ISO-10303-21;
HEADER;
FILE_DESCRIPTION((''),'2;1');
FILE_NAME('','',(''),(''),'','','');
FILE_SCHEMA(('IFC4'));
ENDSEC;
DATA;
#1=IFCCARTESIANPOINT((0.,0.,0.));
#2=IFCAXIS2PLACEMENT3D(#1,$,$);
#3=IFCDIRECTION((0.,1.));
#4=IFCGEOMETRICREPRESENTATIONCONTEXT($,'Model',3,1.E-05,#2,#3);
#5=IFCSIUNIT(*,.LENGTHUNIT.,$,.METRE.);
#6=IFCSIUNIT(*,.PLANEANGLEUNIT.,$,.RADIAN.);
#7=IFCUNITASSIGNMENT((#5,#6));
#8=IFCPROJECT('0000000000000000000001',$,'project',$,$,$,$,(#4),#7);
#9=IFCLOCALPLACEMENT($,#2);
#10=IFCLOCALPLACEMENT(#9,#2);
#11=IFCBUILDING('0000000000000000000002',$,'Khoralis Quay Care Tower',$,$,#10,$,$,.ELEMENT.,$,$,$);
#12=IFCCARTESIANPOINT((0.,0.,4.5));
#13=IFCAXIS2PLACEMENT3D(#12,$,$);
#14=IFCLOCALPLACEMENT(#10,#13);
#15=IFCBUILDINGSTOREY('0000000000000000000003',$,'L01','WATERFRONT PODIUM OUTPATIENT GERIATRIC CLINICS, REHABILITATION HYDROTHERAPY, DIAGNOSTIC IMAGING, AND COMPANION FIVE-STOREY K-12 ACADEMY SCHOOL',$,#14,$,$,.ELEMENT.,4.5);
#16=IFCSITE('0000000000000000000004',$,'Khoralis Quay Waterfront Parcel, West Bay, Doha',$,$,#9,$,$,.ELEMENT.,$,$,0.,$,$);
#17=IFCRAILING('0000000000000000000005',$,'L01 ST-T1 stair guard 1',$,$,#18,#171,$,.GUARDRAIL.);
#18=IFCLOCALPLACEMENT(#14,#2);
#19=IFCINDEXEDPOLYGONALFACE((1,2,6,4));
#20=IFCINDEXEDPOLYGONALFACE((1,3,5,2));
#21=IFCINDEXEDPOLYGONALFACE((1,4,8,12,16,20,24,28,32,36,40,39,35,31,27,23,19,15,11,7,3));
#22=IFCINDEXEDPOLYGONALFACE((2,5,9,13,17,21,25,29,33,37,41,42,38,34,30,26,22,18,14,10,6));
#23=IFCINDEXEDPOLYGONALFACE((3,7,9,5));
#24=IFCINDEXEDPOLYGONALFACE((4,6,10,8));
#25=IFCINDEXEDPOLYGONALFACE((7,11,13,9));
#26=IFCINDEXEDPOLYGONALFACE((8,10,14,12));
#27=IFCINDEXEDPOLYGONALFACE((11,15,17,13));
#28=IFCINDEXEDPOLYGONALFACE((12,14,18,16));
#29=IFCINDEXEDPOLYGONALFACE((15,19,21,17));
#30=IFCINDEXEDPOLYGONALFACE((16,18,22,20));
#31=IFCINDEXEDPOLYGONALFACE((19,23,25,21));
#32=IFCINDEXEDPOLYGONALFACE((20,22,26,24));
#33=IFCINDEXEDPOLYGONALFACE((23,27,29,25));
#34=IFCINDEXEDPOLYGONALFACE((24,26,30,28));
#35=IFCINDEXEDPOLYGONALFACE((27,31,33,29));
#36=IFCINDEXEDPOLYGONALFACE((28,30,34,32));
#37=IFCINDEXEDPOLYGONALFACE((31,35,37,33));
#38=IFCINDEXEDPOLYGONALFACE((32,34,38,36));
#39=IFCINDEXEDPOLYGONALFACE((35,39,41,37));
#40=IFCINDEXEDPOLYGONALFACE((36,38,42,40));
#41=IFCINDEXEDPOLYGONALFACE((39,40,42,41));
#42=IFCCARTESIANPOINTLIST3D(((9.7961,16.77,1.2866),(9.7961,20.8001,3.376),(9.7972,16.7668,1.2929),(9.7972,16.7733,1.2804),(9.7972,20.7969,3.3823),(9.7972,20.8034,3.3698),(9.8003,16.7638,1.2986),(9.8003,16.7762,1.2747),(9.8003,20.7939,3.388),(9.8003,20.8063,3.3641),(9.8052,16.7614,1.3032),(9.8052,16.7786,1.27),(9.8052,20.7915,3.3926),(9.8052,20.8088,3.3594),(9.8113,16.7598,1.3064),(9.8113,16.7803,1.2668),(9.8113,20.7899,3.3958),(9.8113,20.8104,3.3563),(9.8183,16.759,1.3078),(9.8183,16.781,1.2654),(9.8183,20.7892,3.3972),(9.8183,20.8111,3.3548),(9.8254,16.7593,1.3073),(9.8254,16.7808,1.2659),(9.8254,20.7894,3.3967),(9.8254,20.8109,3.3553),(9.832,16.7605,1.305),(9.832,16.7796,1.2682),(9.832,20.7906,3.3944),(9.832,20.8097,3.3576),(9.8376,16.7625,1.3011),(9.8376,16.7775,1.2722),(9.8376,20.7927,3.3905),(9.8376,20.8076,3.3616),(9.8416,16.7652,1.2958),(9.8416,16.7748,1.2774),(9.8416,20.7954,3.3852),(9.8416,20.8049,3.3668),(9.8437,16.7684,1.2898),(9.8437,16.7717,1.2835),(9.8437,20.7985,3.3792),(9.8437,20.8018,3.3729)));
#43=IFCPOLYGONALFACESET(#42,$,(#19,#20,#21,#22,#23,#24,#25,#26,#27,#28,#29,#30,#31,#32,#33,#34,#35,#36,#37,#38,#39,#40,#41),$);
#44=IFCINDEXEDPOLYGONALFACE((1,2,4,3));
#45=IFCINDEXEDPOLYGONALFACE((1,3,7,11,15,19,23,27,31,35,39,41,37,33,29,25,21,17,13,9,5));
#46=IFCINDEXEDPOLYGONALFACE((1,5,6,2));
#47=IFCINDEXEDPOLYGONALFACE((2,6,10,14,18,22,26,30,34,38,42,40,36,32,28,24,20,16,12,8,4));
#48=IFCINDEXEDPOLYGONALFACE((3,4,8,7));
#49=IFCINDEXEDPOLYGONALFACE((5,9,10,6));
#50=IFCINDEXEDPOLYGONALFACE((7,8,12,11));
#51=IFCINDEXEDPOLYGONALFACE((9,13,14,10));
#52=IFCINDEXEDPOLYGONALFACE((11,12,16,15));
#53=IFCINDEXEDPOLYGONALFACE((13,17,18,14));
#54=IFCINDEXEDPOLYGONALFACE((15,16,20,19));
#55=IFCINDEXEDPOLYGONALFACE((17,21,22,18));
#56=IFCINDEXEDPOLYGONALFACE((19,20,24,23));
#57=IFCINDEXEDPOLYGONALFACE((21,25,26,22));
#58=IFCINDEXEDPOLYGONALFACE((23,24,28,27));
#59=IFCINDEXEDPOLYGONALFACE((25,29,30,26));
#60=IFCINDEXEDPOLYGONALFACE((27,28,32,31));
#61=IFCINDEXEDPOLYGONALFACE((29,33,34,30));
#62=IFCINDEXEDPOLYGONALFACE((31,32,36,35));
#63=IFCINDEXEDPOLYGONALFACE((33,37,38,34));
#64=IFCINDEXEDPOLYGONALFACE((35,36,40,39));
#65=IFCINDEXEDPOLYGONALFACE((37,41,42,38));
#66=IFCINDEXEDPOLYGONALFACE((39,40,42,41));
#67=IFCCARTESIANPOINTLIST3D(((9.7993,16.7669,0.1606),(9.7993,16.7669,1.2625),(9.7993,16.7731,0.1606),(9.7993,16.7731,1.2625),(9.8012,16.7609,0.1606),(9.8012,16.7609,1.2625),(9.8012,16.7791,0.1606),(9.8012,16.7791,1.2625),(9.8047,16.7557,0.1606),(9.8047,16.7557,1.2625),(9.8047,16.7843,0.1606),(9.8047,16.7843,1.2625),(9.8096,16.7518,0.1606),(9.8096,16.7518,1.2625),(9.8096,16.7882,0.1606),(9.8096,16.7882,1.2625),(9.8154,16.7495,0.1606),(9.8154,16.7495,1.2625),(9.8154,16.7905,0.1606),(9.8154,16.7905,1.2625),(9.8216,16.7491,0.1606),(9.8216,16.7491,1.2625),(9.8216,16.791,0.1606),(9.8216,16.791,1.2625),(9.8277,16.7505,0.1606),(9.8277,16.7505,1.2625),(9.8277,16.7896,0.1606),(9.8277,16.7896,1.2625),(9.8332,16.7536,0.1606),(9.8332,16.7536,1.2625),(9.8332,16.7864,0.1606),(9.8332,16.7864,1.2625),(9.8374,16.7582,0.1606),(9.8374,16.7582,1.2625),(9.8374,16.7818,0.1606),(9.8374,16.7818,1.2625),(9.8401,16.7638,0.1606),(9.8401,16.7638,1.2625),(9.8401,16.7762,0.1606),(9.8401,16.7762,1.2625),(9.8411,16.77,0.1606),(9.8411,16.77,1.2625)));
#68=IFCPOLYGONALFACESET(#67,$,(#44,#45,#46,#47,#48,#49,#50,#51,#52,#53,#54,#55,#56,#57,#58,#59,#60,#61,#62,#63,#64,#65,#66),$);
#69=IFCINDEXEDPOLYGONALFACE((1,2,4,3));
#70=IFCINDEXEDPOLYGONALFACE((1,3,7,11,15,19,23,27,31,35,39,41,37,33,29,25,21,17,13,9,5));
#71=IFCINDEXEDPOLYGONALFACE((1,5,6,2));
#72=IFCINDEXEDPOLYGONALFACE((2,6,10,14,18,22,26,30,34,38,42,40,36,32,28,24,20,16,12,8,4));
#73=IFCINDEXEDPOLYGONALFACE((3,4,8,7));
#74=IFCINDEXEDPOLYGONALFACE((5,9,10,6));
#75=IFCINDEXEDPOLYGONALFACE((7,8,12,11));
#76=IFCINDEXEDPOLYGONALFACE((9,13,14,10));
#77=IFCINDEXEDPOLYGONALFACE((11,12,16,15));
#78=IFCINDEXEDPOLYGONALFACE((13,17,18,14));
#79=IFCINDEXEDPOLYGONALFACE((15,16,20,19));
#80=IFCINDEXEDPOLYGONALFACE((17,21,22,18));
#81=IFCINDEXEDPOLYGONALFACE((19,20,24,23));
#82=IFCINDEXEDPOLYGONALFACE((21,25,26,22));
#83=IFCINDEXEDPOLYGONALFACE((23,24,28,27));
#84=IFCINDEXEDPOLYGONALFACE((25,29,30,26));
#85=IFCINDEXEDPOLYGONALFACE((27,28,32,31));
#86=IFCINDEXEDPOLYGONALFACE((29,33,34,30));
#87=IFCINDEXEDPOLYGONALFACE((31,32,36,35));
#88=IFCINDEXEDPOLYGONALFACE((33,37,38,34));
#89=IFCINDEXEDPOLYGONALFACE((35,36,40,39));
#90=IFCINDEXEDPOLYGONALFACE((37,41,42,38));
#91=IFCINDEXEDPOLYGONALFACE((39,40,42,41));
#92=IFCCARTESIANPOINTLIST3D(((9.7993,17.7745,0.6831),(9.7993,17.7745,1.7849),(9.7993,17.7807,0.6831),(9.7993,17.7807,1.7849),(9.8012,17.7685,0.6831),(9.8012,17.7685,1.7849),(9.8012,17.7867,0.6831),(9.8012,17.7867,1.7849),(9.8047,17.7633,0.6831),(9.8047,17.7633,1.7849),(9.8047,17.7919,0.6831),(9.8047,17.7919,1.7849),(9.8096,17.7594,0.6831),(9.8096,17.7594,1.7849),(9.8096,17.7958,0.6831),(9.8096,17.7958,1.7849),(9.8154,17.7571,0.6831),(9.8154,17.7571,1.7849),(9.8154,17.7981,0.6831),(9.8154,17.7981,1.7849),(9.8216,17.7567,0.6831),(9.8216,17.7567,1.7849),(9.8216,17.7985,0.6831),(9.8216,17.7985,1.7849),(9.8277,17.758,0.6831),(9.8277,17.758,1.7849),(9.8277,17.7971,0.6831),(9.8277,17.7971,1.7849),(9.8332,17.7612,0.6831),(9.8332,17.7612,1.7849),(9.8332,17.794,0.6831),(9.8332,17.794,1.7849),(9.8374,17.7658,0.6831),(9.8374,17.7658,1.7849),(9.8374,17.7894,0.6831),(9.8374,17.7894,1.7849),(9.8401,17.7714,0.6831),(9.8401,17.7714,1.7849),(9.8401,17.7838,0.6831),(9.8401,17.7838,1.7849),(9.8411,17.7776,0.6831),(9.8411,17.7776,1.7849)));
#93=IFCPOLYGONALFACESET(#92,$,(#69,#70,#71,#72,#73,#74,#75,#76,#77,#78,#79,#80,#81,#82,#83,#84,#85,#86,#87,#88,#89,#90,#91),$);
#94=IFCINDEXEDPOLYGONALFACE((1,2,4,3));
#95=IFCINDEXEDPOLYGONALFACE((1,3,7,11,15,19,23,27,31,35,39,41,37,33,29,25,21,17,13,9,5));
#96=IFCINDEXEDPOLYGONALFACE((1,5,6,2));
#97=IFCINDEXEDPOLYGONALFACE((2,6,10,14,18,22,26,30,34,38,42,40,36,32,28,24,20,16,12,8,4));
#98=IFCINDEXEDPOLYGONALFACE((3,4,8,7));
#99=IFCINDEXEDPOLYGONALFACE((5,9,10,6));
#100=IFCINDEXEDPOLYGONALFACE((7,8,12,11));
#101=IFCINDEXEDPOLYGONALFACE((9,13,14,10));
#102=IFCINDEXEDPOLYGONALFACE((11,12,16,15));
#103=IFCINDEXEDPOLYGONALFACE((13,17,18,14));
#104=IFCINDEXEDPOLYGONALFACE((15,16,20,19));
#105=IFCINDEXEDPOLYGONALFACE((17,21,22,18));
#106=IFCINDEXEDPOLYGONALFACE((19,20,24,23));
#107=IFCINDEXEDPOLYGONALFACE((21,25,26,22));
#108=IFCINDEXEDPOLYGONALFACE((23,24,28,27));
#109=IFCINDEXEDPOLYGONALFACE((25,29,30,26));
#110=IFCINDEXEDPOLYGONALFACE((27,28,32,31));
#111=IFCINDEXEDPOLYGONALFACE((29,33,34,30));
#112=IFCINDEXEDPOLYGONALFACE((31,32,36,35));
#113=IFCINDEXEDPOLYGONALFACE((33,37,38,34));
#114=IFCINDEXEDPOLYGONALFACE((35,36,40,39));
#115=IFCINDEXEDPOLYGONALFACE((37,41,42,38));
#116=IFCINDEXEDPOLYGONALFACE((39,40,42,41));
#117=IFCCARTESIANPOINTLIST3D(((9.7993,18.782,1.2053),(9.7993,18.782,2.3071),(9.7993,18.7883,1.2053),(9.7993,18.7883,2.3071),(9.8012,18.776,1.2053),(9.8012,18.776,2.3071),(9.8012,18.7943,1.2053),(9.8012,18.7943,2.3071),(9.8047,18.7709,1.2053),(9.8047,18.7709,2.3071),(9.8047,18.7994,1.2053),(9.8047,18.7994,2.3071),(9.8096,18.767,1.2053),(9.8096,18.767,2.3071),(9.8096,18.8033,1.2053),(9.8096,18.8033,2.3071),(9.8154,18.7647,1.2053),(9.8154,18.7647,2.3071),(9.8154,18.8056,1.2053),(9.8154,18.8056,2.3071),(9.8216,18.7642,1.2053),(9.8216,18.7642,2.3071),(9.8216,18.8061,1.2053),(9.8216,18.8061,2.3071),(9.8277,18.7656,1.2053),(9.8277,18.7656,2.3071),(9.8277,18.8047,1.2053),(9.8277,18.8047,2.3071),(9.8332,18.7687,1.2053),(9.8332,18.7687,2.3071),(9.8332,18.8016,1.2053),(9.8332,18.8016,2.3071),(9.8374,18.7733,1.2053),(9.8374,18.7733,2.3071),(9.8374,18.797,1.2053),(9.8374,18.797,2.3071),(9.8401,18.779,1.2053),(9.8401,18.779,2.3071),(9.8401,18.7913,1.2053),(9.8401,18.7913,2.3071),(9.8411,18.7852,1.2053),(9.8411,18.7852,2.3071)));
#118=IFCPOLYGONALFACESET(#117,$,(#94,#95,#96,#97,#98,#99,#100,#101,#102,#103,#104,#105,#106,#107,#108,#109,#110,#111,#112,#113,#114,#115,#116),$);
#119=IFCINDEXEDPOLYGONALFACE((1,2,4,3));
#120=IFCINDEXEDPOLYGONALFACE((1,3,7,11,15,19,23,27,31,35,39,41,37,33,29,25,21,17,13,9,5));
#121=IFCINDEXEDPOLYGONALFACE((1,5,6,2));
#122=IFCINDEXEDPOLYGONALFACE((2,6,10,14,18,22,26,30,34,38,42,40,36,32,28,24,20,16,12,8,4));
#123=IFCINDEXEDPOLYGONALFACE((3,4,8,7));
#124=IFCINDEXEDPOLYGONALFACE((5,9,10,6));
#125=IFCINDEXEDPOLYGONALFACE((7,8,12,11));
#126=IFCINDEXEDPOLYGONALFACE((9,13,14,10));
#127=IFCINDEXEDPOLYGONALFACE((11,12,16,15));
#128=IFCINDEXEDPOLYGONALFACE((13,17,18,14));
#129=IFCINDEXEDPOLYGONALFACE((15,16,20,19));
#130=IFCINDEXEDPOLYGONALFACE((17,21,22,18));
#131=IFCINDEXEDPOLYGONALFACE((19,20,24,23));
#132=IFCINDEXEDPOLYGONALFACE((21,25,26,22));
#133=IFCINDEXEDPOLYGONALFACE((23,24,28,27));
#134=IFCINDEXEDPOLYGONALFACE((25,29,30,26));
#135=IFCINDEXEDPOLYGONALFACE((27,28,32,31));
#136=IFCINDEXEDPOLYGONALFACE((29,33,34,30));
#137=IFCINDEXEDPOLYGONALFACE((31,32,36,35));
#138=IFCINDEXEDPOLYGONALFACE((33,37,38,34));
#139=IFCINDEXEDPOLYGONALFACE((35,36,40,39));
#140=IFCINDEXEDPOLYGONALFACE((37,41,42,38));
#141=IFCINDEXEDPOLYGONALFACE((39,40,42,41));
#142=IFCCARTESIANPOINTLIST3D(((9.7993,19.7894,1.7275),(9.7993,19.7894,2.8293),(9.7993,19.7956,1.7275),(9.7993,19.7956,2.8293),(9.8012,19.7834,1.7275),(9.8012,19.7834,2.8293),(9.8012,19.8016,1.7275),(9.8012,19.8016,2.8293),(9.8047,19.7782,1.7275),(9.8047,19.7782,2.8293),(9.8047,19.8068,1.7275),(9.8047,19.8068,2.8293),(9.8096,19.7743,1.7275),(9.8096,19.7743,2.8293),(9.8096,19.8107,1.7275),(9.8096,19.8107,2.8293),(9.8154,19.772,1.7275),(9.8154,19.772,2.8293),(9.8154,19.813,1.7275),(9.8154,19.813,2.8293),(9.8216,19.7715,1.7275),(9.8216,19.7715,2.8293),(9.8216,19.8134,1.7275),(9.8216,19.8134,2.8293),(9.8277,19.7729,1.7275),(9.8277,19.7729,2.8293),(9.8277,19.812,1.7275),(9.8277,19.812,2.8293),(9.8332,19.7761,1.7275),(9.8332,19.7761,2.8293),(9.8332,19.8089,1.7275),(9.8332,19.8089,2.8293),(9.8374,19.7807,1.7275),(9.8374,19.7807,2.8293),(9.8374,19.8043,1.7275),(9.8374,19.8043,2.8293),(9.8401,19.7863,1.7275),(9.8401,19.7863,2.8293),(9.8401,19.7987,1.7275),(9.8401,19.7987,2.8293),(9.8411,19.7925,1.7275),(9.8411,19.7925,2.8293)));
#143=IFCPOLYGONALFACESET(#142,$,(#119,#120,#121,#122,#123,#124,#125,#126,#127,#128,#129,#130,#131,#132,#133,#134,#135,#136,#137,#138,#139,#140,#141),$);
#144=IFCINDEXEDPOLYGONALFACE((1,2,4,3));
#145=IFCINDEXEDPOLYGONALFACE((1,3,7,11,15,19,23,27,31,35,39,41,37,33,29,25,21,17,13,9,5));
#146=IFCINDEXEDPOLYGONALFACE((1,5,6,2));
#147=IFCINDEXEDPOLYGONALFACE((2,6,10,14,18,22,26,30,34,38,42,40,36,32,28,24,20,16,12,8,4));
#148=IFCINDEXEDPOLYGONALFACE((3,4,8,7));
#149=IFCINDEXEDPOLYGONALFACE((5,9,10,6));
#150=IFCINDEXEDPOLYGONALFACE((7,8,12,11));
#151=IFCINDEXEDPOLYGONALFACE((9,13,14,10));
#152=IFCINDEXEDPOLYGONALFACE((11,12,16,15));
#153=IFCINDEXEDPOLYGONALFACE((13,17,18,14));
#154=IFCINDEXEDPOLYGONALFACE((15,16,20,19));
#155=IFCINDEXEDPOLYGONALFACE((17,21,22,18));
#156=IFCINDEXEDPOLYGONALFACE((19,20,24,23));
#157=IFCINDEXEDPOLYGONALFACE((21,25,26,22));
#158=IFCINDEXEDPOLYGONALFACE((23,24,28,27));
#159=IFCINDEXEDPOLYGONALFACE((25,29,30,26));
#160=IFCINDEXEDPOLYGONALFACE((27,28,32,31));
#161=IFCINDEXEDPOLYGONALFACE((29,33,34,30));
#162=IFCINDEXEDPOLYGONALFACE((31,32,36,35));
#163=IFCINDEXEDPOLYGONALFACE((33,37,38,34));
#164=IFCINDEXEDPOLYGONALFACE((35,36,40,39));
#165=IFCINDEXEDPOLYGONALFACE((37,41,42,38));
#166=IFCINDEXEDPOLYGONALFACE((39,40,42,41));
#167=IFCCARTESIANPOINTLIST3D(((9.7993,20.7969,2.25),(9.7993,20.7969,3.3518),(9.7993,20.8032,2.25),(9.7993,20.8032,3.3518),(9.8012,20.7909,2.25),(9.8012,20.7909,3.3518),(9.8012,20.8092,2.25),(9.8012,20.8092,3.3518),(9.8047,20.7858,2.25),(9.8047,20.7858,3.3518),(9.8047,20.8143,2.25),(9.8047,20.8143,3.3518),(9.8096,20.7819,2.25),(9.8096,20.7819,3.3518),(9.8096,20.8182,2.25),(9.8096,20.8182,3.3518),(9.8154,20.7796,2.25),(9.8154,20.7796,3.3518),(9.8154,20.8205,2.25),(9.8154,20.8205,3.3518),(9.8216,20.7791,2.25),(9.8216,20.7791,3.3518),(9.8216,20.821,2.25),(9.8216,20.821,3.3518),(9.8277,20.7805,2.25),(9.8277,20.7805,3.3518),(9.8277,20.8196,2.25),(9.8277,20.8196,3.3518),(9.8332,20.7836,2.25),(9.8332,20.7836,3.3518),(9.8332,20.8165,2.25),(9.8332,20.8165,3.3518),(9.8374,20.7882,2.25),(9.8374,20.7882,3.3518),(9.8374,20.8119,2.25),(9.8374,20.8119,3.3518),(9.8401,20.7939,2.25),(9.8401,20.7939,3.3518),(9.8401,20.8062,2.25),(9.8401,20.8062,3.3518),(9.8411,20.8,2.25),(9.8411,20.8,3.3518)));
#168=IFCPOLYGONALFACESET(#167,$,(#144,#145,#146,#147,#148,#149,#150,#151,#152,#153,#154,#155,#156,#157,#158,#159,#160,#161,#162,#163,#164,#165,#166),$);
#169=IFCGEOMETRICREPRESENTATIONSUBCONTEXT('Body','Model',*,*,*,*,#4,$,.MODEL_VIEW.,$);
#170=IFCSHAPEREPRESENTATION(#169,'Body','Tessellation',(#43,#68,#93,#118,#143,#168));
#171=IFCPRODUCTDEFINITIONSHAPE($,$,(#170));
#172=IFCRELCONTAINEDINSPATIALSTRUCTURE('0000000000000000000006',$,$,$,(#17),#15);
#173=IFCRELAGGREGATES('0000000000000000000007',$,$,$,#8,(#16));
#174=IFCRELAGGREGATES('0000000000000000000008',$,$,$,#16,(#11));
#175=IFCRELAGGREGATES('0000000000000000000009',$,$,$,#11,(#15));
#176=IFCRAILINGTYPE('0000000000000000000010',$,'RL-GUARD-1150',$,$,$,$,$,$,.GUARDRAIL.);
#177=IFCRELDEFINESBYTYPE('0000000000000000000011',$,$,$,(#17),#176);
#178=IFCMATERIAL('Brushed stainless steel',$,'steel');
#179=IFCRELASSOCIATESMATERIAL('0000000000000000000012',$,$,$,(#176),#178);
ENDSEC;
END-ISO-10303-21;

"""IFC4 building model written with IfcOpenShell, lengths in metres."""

from ifc_helpers import new_model, si_unit, direction, frame, origin, origin_2d, place, context, subcontext, project, spatial, circle, extrude, material, type_object, element, save


model = new_model("IFC4")

# Units and contexts
model_context = context("Model", 3, precision=1e-05, world=origin(), true_north=direction((0.0, 1.0)))
body_context = subcontext(model_context, "Body", "Model", "MODEL_VIEW")
ifc_project = project(units=[si_unit("LENGTHUNIT", "METRE"), si_unit("PLANEANGLEUNIT", "RADIAN")], contexts=[model_context])

# Site, building, storey
site_placement = place(None, origin())
site = spatial("IfcSite", under=ifc_project, at=site_placement, Name="Khoralis Quay Waterfront Parcel, West Bay, Doha", CompositionType="ELEMENT", RefElevation=0.0)
building_placement = place(site_placement, origin())
building = spatial("IfcBuilding", under=site, at=building_placement, Name="Khoralis Quay Care Tower", CompositionType="ELEMENT")
storey_placement = place(building_placement, frame((0.0, 0.0, 4.5)))
storey = spatial("IfcBuildingStorey", under=building, at=storey_placement, Name="L01", Description="WATERFRONT PODIUM OUTPATIENT GERIATRIC CLINICS, REHABILITATION HYDROTHERAPY, DIAGNOSTIC IMAGING, AND COMPANION FIVE-STOREY K-12 ACADEMY SCHOOL", CompositionType="ELEMENT", Elevation=4.5)

# Railing
ifc_material_1 = material(Name="Brushed stainless steel", Category="steel")
railing_type_1 = type_object("IfcRailingType", Name="RL-GUARD-1150", PredefinedType="GUARDRAIL", material=ifc_material_1)
railing_1_placement = place(storey_placement, frame((9.8201, 16.77, 0.1606)))
element("IfcRailing", 1, at=railing_1_placement, inside=storey, type_object=railing_type_1, Name="L01 ST-T1 stair guard 1", PredefinedType="GUARDRAIL", context=body_context, shape_type="SweptSolid", body=[
    extrude(circle(Radius=0.0239, at=origin_2d()), frame((0.0, 0.0, 1.126), z_axis=(0.0, 0.887781, 0.460267), x_axis=(-1.0, 0.0, 0.0)), (0.0, 0.0, 1.0), 4.5396),
    extrude(circle(Radius=0.021, at=origin_2d()), origin(), (0.0, 0.0, 1.0), 1.1018),
    extrude(circle(Radius=0.021, at=origin_2d()), frame((0.0, 1.0076, 0.5225)), (0.0, 0.0, 1.0), 1.1018),
    extrude(circle(Radius=0.021, at=origin_2d()), frame((0.0, 2.0151, 1.0447)), (0.0, 0.0, 1.0), 1.1018),
    extrude(circle(Radius=0.021, at=origin_2d()), frame((0.0, 3.0225, 1.5669)), (0.0, 0.0, 1.0), 1.1018),
    extrude(circle(Radius=0.021, at=origin_2d()), frame((0.0, 4.03, 2.0894)), (0.0, 0.0, 1.0), 1.1018),
])

save(model, "model.ifc")
